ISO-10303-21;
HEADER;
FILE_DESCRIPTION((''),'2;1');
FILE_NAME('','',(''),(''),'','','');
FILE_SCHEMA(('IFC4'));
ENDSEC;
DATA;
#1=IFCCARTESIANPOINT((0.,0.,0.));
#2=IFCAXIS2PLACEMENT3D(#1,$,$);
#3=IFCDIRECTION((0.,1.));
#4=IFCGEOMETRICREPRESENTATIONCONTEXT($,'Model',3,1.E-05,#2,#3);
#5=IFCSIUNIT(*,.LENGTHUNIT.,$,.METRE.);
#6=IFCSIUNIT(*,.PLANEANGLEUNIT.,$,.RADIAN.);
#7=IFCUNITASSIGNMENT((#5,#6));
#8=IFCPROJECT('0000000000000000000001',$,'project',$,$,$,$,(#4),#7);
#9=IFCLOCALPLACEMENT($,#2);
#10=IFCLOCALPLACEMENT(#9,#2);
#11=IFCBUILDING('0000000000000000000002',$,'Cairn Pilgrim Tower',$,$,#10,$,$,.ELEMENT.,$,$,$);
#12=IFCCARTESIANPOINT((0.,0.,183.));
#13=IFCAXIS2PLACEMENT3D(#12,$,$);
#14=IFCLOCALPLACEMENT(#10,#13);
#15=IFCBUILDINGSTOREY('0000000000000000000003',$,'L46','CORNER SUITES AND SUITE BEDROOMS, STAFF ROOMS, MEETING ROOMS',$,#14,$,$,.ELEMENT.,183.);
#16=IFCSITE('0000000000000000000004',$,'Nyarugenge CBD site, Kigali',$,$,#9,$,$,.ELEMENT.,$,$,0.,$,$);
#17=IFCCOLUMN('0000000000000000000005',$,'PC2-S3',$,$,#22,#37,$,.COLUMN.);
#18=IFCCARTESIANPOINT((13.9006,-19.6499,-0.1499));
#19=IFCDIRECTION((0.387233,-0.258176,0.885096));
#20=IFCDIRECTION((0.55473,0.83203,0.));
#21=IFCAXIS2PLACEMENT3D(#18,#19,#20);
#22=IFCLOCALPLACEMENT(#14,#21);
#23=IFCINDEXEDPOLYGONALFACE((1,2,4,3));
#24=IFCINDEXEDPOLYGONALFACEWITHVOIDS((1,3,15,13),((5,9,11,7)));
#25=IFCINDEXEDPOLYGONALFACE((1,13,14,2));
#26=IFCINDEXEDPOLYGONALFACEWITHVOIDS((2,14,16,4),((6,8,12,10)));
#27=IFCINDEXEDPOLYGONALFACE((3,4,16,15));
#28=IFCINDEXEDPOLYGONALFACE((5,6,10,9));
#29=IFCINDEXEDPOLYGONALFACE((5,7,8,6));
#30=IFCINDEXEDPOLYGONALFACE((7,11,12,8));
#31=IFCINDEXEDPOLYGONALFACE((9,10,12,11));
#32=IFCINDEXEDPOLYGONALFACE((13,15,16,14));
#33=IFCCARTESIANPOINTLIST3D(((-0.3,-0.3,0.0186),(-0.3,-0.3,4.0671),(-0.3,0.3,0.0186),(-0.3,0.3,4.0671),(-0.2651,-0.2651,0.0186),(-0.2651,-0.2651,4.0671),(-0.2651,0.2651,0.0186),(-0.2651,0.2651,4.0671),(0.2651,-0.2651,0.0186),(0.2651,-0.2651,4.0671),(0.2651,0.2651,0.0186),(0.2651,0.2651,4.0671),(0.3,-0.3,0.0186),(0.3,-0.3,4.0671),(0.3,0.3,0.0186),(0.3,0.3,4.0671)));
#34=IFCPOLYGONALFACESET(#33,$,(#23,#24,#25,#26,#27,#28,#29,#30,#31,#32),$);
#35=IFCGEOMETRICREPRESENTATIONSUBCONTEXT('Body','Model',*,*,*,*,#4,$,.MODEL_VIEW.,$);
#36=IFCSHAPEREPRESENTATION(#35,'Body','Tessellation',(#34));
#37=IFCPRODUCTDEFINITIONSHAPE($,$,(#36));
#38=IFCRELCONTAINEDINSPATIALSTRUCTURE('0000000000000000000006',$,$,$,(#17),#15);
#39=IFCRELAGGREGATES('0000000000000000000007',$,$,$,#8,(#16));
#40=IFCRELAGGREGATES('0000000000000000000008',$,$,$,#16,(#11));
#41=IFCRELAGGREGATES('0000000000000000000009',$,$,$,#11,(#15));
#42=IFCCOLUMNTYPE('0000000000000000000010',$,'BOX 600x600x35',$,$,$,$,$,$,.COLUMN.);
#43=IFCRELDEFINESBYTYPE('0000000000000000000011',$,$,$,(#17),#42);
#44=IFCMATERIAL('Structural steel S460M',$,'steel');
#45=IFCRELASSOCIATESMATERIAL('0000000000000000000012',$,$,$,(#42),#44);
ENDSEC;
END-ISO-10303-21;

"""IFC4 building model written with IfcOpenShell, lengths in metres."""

from ifc_helpers import new_model, si_unit, direction, frame, origin, origin_2d, place, context, subcontext, project, spatial, hollow_rectangle, extrude, clip, halfspace, material, material_profile, profile_set, type_object, element, save


model = new_model("IFC4")

# Units and contexts
model_context = context("Model", 3, precision=1e-05, world=origin(), true_north=direction((0.0, 1.0)))
body_context = subcontext(model_context, "Body", "Model", "MODEL_VIEW")
ifc_project = project(units=[si_unit("LENGTHUNIT", "METRE"), si_unit("PLANEANGLEUNIT", "RADIAN")], contexts=[model_context])

# Site, building, storey
site_placement = place(None, origin())
site = spatial("IfcSite", under=ifc_project, at=site_placement, Name="Nyarugenge CBD site, Kigali", CompositionType="ELEMENT", RefElevation=0.0)
building_placement = place(site_placement, origin())
building = spatial("IfcBuilding", under=site, at=building_placement, Name="Cairn Pilgrim Tower", CompositionType="ELEMENT")
storey_placement = place(building_placement, frame((0.0, 0.0, 183.0)))
storey = spatial("IfcBuildingStorey", under=building, at=storey_placement, Name="L46", Description="CORNER SUITES AND SUITE BEDROOMS, STAFF ROOMS, MEETING ROOMS", CompositionType="ELEMENT", Elevation=183.0)

# Column
ifc_material_1 = material(Name="Structural steel S460M", Category="steel")
ifc_material_profile_1 = material_profile(ifc_material_1, hollow_rectangle(XDim=0.6001, YDim=0.6001, WallThickness=0.0349, at=origin_2d()), Name="BOX 600x600x35")
ifc_profile_set_1 = profile_set([ifc_material_profile_1], Name="Structural steel S460M")
column_type_1 = type_object("IfcColumnType", Name="BOX 600x600x35", PredefinedType="COLUMN", material=ifc_profile_set_1)
column_1_placement = place(storey_placement, frame((13.9006, -19.6499, -0.1499), z_axis=(0.387233, -0.258176, 0.885096), x_axis=(0.55473, 0.83203, 0.0)))
element("IfcColumn", 1, at=column_1_placement, inside=storey, type_object=column_type_1, Name="PC2-S3", PredefinedType="COLUMN", context=body_context, shape_type="Clipping", body=[
    clip(extrude(hollow_rectangle(XDim=0.6001, YDim=0.6001, WallThickness=0.0349, at=origin_2d()), origin(), (0.0, 0.0, 1.0), 4.0671), halfspace(frame((0.0, 0.0, 0.0186), z_axis=(0.0, 0.0, 1.0), x_axis=(1.0, 0.0, 0.0)), True)),
])

save(model, "model.ifc")
